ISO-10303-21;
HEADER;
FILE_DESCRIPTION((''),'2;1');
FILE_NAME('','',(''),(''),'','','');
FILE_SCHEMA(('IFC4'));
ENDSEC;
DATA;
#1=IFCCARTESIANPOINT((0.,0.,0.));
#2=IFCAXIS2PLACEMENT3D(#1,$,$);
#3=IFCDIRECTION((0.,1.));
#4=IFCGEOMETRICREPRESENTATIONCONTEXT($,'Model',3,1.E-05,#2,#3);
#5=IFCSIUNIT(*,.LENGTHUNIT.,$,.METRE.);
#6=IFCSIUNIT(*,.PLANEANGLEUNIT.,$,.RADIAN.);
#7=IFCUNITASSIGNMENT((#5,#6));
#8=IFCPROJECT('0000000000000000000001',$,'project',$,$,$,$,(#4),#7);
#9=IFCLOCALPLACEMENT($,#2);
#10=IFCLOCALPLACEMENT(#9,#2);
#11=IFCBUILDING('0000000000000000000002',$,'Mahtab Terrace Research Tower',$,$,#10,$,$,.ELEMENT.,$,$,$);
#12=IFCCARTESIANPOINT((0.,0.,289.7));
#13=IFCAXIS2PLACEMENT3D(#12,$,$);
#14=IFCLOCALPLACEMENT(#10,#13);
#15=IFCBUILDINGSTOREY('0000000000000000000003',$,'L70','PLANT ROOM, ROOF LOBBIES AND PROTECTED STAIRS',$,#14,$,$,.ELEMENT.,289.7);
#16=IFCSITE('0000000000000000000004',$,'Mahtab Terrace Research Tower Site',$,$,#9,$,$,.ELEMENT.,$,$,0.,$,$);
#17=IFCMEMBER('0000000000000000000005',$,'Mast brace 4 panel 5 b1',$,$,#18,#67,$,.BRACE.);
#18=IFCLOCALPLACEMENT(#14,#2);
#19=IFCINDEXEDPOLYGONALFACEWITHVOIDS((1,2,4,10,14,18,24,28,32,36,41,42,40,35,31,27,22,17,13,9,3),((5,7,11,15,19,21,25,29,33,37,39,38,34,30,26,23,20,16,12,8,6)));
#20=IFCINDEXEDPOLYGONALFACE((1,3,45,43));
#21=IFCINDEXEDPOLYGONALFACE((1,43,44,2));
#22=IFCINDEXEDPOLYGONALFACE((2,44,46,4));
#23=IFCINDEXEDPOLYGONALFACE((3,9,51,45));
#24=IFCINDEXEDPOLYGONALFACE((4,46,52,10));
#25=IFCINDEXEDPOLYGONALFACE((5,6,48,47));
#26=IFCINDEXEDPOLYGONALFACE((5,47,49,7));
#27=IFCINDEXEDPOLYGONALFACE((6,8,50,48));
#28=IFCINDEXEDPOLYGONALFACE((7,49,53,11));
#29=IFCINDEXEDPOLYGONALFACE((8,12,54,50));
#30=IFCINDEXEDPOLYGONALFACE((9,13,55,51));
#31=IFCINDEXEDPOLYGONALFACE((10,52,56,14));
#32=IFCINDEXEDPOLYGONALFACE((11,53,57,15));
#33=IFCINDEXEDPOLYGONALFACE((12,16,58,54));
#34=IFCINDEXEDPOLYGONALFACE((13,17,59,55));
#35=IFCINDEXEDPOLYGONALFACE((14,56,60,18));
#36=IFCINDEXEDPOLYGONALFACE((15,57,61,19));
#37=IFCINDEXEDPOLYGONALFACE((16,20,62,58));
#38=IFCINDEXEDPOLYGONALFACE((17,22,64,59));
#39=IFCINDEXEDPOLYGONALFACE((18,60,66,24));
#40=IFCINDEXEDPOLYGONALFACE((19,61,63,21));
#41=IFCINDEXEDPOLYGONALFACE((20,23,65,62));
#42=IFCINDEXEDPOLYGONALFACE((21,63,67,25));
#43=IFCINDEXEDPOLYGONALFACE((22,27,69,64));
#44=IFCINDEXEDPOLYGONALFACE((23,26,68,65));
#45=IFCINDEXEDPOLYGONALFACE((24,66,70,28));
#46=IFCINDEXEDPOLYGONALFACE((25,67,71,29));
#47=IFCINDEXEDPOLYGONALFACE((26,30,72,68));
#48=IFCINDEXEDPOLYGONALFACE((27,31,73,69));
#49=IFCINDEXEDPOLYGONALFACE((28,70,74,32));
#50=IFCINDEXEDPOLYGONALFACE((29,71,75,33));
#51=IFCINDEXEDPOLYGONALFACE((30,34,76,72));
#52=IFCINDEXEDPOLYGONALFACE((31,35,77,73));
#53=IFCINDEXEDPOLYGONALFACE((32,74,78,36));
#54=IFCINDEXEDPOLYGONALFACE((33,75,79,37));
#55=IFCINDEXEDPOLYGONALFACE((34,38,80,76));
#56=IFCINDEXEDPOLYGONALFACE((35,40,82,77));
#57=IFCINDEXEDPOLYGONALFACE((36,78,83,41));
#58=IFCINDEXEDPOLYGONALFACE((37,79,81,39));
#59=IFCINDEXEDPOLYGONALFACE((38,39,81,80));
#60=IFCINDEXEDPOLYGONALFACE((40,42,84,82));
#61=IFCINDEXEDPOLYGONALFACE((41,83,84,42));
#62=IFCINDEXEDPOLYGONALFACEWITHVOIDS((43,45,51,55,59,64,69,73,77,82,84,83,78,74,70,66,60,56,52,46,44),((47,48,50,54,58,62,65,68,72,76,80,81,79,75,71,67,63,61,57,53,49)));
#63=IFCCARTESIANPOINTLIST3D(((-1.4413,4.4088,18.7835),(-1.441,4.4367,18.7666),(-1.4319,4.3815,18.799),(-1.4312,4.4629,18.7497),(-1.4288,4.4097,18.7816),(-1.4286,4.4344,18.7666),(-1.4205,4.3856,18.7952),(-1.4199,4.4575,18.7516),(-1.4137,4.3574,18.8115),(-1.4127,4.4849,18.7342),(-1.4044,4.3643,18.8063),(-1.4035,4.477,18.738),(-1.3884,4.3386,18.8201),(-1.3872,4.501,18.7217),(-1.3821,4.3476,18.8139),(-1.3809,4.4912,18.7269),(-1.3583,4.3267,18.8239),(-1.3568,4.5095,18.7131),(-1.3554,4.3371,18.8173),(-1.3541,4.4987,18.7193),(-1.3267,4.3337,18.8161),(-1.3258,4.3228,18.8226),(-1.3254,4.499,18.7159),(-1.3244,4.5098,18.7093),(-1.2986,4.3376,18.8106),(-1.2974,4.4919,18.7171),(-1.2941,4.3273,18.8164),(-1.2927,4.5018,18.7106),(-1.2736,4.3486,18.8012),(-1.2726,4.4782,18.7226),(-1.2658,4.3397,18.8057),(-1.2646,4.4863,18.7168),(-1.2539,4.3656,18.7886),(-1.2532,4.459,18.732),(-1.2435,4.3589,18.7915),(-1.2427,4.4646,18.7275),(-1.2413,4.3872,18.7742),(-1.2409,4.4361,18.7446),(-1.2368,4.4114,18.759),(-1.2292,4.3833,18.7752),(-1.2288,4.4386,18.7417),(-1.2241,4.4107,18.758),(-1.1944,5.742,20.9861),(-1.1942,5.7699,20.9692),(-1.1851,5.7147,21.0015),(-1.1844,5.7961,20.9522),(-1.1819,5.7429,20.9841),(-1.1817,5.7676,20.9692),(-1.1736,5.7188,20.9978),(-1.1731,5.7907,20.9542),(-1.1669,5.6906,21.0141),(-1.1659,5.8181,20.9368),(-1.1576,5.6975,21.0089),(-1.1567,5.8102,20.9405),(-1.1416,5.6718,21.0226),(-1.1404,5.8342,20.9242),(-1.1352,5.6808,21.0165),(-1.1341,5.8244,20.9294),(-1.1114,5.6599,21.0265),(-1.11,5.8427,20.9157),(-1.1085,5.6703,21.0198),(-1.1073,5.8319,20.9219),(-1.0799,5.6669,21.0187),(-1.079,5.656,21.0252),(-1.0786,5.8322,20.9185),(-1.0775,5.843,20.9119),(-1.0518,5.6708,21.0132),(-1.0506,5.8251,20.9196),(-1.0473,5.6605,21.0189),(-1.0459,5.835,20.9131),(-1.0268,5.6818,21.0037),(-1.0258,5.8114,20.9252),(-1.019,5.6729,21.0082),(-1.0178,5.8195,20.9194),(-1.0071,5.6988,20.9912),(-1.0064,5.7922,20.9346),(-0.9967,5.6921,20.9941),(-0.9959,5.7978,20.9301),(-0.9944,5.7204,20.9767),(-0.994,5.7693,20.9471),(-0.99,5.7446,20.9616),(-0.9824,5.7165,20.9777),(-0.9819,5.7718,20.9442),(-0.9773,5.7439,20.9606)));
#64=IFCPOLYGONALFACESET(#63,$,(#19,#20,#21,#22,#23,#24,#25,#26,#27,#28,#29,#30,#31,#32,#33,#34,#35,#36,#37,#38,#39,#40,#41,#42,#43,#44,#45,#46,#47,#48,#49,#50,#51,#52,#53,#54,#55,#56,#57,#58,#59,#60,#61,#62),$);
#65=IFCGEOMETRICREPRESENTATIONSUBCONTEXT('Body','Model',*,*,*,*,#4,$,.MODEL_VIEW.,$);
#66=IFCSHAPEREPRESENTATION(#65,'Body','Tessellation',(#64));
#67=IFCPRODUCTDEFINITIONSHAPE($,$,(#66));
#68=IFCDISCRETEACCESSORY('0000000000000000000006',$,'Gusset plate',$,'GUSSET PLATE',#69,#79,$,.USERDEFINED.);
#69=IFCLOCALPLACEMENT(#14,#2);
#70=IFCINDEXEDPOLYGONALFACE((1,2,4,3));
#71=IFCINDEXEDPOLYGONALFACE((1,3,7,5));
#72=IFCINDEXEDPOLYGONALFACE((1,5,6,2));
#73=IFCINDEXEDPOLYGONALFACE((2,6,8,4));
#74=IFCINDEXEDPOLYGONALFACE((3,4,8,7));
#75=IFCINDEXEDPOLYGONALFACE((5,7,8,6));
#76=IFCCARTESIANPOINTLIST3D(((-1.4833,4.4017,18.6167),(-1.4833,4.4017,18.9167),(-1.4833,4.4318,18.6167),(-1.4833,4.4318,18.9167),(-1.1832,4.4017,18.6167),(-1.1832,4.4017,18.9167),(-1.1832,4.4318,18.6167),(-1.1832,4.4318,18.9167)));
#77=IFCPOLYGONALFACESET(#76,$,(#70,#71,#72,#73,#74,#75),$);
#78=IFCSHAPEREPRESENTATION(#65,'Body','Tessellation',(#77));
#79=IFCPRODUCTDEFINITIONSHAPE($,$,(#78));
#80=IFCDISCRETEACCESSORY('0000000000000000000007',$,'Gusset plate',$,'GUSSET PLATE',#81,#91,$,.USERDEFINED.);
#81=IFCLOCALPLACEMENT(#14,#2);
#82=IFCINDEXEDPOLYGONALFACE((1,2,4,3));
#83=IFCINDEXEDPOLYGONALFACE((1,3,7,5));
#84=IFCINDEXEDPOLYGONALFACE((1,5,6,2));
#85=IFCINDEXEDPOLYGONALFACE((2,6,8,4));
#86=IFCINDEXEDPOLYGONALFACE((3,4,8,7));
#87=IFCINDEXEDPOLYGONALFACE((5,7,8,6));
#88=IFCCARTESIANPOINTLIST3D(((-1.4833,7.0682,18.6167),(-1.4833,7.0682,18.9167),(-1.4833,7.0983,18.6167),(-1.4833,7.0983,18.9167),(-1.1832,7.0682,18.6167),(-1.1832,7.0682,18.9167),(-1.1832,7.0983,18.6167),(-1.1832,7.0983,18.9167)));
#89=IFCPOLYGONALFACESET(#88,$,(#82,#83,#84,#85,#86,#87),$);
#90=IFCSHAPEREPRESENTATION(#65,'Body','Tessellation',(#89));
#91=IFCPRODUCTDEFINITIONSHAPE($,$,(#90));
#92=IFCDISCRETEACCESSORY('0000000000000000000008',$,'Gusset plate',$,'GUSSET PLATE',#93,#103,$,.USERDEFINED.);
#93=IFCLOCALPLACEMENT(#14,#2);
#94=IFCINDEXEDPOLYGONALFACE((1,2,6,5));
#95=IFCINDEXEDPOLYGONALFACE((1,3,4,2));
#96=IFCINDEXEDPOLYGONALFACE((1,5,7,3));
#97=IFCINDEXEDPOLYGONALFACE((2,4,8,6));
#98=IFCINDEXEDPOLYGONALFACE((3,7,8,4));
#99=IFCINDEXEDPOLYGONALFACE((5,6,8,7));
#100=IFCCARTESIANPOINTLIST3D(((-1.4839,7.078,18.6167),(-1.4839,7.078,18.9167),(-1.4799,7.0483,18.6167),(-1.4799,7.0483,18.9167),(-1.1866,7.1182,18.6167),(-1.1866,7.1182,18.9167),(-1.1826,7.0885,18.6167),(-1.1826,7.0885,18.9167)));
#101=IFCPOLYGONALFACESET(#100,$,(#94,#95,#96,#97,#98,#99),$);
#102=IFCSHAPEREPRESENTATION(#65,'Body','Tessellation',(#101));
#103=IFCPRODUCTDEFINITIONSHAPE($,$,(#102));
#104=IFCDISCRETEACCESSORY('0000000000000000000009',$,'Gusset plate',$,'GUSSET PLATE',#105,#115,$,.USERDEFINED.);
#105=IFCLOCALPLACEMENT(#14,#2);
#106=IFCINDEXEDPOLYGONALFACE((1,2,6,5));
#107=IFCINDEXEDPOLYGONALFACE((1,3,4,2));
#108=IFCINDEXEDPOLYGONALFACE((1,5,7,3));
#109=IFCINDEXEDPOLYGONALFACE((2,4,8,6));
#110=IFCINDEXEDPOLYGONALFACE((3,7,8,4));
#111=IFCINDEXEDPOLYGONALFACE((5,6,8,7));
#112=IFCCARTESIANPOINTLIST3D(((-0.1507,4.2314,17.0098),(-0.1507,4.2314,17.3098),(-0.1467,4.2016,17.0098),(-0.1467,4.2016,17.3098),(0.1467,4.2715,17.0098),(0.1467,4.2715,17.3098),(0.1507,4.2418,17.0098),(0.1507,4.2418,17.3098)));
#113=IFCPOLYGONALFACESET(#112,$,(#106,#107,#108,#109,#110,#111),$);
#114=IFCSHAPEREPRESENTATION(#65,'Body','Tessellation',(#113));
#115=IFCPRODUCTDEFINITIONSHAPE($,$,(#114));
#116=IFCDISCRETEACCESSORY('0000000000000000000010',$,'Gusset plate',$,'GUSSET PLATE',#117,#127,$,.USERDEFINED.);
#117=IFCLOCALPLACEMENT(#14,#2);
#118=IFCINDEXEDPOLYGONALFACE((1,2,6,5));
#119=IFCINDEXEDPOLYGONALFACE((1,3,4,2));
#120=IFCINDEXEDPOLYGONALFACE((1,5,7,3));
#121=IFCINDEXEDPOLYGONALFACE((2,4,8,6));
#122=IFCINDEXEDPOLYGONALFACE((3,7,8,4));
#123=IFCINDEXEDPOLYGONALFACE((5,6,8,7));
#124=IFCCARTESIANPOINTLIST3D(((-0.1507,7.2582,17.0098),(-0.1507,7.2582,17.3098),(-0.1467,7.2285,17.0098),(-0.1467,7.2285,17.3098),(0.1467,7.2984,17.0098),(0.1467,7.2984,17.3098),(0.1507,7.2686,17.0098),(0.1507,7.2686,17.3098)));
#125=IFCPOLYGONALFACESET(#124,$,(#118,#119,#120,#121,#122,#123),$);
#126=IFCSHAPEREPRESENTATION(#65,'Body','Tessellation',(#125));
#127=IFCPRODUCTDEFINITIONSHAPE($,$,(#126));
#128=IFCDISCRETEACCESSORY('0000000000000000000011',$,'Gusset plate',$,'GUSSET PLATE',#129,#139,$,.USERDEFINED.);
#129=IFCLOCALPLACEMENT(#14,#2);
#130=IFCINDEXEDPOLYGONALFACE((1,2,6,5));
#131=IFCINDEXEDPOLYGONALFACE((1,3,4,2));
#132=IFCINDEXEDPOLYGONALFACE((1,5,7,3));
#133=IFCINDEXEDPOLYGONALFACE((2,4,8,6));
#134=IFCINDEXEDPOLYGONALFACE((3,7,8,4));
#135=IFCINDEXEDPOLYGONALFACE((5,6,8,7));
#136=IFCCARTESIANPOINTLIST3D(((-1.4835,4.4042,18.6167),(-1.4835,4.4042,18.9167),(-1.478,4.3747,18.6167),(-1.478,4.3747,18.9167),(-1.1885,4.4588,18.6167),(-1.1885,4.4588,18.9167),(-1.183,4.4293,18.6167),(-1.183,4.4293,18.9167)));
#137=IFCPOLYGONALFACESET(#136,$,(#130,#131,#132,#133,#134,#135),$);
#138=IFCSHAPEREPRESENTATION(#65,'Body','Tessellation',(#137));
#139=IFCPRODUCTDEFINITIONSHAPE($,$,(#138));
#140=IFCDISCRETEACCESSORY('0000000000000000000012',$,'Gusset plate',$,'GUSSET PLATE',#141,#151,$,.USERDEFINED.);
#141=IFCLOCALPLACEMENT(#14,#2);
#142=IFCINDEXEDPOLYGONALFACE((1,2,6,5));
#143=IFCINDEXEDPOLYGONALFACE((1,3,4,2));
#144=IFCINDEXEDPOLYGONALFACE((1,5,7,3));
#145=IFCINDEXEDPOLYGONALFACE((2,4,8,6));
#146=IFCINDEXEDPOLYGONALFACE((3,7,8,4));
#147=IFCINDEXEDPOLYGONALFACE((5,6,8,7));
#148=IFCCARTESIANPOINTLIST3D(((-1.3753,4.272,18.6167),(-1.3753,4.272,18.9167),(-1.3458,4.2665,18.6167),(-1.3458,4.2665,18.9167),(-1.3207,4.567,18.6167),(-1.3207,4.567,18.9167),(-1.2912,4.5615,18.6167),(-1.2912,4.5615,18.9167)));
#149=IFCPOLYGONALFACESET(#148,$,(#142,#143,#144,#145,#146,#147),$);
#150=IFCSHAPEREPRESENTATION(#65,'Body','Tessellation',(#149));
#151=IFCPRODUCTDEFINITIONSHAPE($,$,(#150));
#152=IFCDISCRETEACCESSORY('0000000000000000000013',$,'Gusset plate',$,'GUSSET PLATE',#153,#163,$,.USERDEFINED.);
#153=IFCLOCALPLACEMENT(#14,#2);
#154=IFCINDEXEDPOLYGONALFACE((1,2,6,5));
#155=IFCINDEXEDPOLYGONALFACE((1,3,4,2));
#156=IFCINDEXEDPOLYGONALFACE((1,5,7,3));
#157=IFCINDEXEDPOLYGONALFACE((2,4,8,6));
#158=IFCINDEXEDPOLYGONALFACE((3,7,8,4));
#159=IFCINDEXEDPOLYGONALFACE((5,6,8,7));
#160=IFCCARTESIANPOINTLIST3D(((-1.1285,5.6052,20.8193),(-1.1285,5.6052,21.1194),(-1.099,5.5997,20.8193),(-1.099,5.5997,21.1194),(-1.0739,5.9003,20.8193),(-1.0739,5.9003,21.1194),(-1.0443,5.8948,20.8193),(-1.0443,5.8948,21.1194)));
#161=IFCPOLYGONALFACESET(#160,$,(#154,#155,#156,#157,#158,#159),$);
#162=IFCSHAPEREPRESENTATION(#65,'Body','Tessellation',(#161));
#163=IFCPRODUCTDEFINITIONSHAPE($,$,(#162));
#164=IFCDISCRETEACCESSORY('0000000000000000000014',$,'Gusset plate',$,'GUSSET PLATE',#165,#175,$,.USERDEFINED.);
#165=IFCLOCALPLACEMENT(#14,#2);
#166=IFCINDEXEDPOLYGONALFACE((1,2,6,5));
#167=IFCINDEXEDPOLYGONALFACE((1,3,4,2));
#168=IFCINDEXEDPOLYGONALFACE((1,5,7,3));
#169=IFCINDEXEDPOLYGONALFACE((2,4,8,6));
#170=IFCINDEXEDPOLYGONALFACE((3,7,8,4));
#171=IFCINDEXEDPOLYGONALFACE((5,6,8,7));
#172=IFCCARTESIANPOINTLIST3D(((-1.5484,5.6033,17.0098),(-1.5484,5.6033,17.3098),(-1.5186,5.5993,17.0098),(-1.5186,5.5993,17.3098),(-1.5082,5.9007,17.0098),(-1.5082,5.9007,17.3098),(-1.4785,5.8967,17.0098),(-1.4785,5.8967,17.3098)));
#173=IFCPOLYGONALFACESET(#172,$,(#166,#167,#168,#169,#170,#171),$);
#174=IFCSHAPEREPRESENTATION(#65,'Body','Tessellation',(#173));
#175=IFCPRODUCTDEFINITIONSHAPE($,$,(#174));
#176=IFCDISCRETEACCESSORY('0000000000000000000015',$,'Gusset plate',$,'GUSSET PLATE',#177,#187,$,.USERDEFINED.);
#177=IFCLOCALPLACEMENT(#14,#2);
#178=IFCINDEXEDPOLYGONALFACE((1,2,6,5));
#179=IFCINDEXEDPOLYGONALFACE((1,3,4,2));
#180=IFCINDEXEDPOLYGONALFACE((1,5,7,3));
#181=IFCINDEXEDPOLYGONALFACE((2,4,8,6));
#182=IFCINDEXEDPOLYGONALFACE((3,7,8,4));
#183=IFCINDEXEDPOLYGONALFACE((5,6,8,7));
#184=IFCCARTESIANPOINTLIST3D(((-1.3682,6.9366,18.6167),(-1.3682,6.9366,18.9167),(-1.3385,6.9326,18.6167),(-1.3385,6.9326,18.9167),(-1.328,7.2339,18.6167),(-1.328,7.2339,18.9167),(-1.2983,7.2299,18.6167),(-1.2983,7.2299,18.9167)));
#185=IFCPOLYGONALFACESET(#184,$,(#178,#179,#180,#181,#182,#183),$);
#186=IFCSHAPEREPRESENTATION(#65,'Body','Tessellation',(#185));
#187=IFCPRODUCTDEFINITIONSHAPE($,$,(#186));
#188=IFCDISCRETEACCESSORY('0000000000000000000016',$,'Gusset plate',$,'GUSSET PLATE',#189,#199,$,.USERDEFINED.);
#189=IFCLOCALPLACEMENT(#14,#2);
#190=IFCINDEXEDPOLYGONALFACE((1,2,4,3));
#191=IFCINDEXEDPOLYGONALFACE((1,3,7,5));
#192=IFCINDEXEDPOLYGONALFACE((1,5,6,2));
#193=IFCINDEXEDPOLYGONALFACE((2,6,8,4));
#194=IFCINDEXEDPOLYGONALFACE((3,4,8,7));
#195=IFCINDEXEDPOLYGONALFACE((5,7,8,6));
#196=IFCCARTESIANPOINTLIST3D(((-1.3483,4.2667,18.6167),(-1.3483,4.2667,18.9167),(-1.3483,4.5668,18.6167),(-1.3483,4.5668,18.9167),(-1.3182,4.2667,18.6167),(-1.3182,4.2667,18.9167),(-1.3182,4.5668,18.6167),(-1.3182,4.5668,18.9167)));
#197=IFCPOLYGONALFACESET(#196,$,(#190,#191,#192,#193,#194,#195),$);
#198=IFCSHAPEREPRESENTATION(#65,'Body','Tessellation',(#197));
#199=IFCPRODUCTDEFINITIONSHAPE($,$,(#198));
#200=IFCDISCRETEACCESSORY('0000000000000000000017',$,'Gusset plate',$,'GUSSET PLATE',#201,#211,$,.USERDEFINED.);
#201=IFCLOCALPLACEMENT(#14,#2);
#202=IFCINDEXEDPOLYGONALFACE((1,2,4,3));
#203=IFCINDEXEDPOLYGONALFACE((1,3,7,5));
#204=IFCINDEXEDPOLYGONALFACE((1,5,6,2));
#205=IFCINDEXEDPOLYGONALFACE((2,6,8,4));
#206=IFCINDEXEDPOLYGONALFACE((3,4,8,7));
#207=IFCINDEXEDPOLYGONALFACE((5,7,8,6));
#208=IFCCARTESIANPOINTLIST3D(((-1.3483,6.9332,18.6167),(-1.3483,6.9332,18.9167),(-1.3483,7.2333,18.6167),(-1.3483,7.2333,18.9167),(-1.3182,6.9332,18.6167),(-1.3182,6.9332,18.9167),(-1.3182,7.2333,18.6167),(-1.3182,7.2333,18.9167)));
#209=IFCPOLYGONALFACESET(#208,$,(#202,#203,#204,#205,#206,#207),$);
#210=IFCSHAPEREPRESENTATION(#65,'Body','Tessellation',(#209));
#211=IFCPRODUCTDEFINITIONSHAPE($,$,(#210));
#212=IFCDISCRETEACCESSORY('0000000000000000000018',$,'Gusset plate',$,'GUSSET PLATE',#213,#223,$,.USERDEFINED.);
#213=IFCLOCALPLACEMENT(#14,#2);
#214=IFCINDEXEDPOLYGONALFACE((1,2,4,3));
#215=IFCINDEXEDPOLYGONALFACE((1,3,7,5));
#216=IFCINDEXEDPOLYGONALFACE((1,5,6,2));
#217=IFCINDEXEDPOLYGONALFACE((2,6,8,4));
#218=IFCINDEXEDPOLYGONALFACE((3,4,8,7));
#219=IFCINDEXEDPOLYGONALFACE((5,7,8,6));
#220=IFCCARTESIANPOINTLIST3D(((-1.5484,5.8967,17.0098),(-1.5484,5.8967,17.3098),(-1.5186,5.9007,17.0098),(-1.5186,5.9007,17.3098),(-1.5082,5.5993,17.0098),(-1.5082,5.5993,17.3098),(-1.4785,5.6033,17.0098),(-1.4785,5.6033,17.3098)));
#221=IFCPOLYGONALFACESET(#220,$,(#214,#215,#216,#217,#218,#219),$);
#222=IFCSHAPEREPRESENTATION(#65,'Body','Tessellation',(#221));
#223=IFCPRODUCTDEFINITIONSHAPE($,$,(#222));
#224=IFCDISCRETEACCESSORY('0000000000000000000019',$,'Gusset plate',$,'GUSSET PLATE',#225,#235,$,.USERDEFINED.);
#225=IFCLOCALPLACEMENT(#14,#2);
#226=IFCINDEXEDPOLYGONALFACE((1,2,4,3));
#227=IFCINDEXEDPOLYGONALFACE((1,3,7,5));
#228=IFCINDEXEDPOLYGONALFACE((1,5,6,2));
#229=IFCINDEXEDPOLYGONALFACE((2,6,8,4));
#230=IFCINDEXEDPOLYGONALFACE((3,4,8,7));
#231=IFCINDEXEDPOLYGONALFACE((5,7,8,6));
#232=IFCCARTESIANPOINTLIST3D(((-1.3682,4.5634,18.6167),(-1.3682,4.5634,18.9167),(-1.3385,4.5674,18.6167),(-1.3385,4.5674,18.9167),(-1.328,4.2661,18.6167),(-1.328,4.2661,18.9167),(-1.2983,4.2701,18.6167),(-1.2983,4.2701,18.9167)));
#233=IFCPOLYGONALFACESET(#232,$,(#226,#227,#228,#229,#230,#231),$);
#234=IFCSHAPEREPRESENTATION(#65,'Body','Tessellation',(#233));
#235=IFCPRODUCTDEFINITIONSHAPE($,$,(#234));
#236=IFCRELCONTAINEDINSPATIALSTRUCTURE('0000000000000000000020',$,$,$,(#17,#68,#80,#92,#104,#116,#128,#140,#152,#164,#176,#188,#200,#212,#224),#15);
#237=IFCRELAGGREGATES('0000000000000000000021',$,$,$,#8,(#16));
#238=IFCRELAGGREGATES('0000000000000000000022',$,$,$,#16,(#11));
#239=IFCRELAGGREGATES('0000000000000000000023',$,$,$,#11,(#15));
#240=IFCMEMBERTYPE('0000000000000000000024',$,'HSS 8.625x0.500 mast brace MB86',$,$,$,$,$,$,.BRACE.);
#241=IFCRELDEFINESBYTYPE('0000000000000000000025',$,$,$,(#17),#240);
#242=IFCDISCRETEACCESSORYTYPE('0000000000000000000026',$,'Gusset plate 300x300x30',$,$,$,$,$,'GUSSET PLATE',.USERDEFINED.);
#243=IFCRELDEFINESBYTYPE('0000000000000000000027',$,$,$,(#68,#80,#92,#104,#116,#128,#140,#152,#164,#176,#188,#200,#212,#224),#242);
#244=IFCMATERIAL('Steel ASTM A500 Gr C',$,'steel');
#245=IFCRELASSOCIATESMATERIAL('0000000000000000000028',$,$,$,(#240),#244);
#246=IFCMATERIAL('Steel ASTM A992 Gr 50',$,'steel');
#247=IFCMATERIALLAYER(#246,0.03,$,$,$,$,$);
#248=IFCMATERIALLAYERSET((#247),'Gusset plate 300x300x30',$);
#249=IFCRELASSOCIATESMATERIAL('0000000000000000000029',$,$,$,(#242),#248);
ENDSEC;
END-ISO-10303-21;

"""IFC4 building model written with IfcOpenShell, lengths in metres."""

from ifc_helpers import new_model, si_unit, direction, frame, origin, origin_2d, place, context, subcontext, project, spatial, rectangle, hollow_circle, extrude, material, layer, layer_set, material_profile, profile_set, type_object, element, save


model = new_model("IFC4")

# Units and contexts
model_context = context("Model", 3, precision=1e-05, world=origin(), true_north=direction((0.0, 1.0)))
body_context = subcontext(model_context, "Body", "Model", "MODEL_VIEW")
ifc_project = project(units=[si_unit("LENGTHUNIT", "METRE"), si_unit("PLANEANGLEUNIT", "RADIAN")], contexts=[model_context])

# Site, building, storey
site_placement = place(None, origin())
site = spatial("IfcSite", under=ifc_project, at=site_placement, Name="Mahtab Terrace Research Tower Site", CompositionType="ELEMENT", RefElevation=0.0)
building_placement = place(site_placement, origin())
building = spatial("IfcBuilding", under=site, at=building_placement, Name="Mahtab Terrace Research Tower", CompositionType="ELEMENT")
storey_placement = place(building_placement, frame((0.0, 0.0, 289.7)))
storey = spatial("IfcBuildingStorey", under=building, at=storey_placement, Name="L70", Description="PLANT ROOM, ROOF LOBBIES AND PROTECTED STAIRS", CompositionType="ELEMENT", Elevation=289.7)

# Member
ifc_material_1 = material(Name="Steel ASTM A500 Gr C", Category="steel")
ifc_material_profile_1 = material_profile(ifc_material_1, hollow_circle(Radius=0.1096, WallThickness=0.0127, at=origin_2d()), Name="HSS8.625X0.500")
ifc_profile_set_1 = profile_set([ifc_material_profile_1], Name="Steel ASTM A500 Gr C")
member_type_1 = type_object("IfcMemberType", Name="HSS 8.625x0.500 mast brace MB86", PredefinedType="BRACE", material=ifc_profile_set_1)
member_1_placement = place(storey_placement, frame((-1.3333, 4.4167, 18.7666), z_axis=(0.095428, 0.515461, 0.851583), x_axis=(-0.983292, 0.182038, 0.0)))
element("IfcMember", 1, at=member_1_placement, inside=storey, type_object=member_type_1, Name="Mast brace 4 panel 5 b1", PredefinedType="BRACE", context=body_context, shape_type="SweptSolid", body=[
    extrude(hollow_circle(Radius=0.1096, WallThickness=0.0127, at=origin_2d()), origin(), (0.0, 0.0, 1.0), 2.5864),
])

# Discrete accessories
ifc_material_2 = material(Name="Steel ASTM A992 Gr 50", Category="steel")
ifc_layer = layer(ifc_material_2, 0.03)
ifc_layer_set = layer_set([ifc_layer], Name="Gusset plate 300x300x30")
discrete_accessory_type = type_object("IfcDiscreteAccessoryType", Name="Gusset plate 300x300x30", ElementType="GUSSET PLATE", PredefinedType="USERDEFINED", material=ifc_layer_set)
for number, where, z_axis, x_axis, name in (
    (2, (-1.3333, 4.4167, 18.6167), (0.0, 0.0, 1.0), (1.0, 0.0, 0.0), "Gusset plate"),
    (3, (-1.3333, 7.0833, 18.6167), (0.0, 0.0, 1.0), (1.0, 0.0, 0.0), "Gusset plate"),
    (4, (-1.3333, 7.0833, 18.6167), (0.0, 0.0, 1.0), (0.990993, 0.133917, 0.0), "Gusset plate"),
    (5, (0.0, 4.2366, 17.0098), (0.0, 0.0, 1.0), (0.990993, 0.133917, 0.0), "Gusset plate"),
    (6, (0.0, 7.2634, 17.0098), (0.0, 0.0, 1.0), (0.990993, 0.133917, 0.0), "Gusset plate"),
    (7, (-1.3333, 4.4167, 18.6167), (0.0, 0.0, 1.0), (0.983284, 0.182081, 0.0), "Gusset plate"),
    (8, (-1.3333, 4.4167, 18.6167), (0.0, 0.0, 1.0), (0.182098, 0.98328, 0.0), "Gusset plate"),
    (9, (-1.0864, 5.75, 20.8193), (0.0, 0.0, 1.0), (0.182098, 0.98328, 0.0), "Gusset plate"),
    (10, (-1.5134, 5.75, 17.0098), (0.0, 0.0, 1.0), (0.133917, 0.990993, 0.0), "Gusset plate"),
    (11, (-1.3333, 7.0833, 18.6167), (0.0, 0.0, 1.0), (0.1339, 0.990995, 0.0), "Gusset plate"),
    (12, (-1.3333, 4.4167, 18.6167), (0.0, 0.0, 1.0), (0.0, 1.0, 0.0), "Gusset plate"),
    (13, (-1.3333, 7.0833, 18.6167), (0.0, 0.0, 1.0), (0.0, 1.0, 0.0), "Gusset plate"),
    (14, (-1.5134, 5.75, 17.0098), (0.0, 0.0, 1.0), (-0.133917, 0.990993, 0.0), "Gusset plate"),
    (15, (-1.3333, 4.4167, 18.6167), (0.0, 0.0, 1.0), (-0.133917, 0.990993, 0.0), "Gusset plate"),
):
    element("IfcDiscreteAccessory", number, at=place(storey_placement, frame(where, z_axis=z_axis, x_axis=x_axis)), inside=storey, type_object=discrete_accessory_type, Name=name, ObjectType="GUSSET PLATE", PredefinedType="USERDEFINED", context=body_context, shape_type="SweptSolid", body=[
        extrude(rectangle(XDim=0.3, YDim=0.03, at=origin_2d()), origin(), (0.0, 0.0, 1.0), 0.3),
    ])

save(model, "model.ifc")
